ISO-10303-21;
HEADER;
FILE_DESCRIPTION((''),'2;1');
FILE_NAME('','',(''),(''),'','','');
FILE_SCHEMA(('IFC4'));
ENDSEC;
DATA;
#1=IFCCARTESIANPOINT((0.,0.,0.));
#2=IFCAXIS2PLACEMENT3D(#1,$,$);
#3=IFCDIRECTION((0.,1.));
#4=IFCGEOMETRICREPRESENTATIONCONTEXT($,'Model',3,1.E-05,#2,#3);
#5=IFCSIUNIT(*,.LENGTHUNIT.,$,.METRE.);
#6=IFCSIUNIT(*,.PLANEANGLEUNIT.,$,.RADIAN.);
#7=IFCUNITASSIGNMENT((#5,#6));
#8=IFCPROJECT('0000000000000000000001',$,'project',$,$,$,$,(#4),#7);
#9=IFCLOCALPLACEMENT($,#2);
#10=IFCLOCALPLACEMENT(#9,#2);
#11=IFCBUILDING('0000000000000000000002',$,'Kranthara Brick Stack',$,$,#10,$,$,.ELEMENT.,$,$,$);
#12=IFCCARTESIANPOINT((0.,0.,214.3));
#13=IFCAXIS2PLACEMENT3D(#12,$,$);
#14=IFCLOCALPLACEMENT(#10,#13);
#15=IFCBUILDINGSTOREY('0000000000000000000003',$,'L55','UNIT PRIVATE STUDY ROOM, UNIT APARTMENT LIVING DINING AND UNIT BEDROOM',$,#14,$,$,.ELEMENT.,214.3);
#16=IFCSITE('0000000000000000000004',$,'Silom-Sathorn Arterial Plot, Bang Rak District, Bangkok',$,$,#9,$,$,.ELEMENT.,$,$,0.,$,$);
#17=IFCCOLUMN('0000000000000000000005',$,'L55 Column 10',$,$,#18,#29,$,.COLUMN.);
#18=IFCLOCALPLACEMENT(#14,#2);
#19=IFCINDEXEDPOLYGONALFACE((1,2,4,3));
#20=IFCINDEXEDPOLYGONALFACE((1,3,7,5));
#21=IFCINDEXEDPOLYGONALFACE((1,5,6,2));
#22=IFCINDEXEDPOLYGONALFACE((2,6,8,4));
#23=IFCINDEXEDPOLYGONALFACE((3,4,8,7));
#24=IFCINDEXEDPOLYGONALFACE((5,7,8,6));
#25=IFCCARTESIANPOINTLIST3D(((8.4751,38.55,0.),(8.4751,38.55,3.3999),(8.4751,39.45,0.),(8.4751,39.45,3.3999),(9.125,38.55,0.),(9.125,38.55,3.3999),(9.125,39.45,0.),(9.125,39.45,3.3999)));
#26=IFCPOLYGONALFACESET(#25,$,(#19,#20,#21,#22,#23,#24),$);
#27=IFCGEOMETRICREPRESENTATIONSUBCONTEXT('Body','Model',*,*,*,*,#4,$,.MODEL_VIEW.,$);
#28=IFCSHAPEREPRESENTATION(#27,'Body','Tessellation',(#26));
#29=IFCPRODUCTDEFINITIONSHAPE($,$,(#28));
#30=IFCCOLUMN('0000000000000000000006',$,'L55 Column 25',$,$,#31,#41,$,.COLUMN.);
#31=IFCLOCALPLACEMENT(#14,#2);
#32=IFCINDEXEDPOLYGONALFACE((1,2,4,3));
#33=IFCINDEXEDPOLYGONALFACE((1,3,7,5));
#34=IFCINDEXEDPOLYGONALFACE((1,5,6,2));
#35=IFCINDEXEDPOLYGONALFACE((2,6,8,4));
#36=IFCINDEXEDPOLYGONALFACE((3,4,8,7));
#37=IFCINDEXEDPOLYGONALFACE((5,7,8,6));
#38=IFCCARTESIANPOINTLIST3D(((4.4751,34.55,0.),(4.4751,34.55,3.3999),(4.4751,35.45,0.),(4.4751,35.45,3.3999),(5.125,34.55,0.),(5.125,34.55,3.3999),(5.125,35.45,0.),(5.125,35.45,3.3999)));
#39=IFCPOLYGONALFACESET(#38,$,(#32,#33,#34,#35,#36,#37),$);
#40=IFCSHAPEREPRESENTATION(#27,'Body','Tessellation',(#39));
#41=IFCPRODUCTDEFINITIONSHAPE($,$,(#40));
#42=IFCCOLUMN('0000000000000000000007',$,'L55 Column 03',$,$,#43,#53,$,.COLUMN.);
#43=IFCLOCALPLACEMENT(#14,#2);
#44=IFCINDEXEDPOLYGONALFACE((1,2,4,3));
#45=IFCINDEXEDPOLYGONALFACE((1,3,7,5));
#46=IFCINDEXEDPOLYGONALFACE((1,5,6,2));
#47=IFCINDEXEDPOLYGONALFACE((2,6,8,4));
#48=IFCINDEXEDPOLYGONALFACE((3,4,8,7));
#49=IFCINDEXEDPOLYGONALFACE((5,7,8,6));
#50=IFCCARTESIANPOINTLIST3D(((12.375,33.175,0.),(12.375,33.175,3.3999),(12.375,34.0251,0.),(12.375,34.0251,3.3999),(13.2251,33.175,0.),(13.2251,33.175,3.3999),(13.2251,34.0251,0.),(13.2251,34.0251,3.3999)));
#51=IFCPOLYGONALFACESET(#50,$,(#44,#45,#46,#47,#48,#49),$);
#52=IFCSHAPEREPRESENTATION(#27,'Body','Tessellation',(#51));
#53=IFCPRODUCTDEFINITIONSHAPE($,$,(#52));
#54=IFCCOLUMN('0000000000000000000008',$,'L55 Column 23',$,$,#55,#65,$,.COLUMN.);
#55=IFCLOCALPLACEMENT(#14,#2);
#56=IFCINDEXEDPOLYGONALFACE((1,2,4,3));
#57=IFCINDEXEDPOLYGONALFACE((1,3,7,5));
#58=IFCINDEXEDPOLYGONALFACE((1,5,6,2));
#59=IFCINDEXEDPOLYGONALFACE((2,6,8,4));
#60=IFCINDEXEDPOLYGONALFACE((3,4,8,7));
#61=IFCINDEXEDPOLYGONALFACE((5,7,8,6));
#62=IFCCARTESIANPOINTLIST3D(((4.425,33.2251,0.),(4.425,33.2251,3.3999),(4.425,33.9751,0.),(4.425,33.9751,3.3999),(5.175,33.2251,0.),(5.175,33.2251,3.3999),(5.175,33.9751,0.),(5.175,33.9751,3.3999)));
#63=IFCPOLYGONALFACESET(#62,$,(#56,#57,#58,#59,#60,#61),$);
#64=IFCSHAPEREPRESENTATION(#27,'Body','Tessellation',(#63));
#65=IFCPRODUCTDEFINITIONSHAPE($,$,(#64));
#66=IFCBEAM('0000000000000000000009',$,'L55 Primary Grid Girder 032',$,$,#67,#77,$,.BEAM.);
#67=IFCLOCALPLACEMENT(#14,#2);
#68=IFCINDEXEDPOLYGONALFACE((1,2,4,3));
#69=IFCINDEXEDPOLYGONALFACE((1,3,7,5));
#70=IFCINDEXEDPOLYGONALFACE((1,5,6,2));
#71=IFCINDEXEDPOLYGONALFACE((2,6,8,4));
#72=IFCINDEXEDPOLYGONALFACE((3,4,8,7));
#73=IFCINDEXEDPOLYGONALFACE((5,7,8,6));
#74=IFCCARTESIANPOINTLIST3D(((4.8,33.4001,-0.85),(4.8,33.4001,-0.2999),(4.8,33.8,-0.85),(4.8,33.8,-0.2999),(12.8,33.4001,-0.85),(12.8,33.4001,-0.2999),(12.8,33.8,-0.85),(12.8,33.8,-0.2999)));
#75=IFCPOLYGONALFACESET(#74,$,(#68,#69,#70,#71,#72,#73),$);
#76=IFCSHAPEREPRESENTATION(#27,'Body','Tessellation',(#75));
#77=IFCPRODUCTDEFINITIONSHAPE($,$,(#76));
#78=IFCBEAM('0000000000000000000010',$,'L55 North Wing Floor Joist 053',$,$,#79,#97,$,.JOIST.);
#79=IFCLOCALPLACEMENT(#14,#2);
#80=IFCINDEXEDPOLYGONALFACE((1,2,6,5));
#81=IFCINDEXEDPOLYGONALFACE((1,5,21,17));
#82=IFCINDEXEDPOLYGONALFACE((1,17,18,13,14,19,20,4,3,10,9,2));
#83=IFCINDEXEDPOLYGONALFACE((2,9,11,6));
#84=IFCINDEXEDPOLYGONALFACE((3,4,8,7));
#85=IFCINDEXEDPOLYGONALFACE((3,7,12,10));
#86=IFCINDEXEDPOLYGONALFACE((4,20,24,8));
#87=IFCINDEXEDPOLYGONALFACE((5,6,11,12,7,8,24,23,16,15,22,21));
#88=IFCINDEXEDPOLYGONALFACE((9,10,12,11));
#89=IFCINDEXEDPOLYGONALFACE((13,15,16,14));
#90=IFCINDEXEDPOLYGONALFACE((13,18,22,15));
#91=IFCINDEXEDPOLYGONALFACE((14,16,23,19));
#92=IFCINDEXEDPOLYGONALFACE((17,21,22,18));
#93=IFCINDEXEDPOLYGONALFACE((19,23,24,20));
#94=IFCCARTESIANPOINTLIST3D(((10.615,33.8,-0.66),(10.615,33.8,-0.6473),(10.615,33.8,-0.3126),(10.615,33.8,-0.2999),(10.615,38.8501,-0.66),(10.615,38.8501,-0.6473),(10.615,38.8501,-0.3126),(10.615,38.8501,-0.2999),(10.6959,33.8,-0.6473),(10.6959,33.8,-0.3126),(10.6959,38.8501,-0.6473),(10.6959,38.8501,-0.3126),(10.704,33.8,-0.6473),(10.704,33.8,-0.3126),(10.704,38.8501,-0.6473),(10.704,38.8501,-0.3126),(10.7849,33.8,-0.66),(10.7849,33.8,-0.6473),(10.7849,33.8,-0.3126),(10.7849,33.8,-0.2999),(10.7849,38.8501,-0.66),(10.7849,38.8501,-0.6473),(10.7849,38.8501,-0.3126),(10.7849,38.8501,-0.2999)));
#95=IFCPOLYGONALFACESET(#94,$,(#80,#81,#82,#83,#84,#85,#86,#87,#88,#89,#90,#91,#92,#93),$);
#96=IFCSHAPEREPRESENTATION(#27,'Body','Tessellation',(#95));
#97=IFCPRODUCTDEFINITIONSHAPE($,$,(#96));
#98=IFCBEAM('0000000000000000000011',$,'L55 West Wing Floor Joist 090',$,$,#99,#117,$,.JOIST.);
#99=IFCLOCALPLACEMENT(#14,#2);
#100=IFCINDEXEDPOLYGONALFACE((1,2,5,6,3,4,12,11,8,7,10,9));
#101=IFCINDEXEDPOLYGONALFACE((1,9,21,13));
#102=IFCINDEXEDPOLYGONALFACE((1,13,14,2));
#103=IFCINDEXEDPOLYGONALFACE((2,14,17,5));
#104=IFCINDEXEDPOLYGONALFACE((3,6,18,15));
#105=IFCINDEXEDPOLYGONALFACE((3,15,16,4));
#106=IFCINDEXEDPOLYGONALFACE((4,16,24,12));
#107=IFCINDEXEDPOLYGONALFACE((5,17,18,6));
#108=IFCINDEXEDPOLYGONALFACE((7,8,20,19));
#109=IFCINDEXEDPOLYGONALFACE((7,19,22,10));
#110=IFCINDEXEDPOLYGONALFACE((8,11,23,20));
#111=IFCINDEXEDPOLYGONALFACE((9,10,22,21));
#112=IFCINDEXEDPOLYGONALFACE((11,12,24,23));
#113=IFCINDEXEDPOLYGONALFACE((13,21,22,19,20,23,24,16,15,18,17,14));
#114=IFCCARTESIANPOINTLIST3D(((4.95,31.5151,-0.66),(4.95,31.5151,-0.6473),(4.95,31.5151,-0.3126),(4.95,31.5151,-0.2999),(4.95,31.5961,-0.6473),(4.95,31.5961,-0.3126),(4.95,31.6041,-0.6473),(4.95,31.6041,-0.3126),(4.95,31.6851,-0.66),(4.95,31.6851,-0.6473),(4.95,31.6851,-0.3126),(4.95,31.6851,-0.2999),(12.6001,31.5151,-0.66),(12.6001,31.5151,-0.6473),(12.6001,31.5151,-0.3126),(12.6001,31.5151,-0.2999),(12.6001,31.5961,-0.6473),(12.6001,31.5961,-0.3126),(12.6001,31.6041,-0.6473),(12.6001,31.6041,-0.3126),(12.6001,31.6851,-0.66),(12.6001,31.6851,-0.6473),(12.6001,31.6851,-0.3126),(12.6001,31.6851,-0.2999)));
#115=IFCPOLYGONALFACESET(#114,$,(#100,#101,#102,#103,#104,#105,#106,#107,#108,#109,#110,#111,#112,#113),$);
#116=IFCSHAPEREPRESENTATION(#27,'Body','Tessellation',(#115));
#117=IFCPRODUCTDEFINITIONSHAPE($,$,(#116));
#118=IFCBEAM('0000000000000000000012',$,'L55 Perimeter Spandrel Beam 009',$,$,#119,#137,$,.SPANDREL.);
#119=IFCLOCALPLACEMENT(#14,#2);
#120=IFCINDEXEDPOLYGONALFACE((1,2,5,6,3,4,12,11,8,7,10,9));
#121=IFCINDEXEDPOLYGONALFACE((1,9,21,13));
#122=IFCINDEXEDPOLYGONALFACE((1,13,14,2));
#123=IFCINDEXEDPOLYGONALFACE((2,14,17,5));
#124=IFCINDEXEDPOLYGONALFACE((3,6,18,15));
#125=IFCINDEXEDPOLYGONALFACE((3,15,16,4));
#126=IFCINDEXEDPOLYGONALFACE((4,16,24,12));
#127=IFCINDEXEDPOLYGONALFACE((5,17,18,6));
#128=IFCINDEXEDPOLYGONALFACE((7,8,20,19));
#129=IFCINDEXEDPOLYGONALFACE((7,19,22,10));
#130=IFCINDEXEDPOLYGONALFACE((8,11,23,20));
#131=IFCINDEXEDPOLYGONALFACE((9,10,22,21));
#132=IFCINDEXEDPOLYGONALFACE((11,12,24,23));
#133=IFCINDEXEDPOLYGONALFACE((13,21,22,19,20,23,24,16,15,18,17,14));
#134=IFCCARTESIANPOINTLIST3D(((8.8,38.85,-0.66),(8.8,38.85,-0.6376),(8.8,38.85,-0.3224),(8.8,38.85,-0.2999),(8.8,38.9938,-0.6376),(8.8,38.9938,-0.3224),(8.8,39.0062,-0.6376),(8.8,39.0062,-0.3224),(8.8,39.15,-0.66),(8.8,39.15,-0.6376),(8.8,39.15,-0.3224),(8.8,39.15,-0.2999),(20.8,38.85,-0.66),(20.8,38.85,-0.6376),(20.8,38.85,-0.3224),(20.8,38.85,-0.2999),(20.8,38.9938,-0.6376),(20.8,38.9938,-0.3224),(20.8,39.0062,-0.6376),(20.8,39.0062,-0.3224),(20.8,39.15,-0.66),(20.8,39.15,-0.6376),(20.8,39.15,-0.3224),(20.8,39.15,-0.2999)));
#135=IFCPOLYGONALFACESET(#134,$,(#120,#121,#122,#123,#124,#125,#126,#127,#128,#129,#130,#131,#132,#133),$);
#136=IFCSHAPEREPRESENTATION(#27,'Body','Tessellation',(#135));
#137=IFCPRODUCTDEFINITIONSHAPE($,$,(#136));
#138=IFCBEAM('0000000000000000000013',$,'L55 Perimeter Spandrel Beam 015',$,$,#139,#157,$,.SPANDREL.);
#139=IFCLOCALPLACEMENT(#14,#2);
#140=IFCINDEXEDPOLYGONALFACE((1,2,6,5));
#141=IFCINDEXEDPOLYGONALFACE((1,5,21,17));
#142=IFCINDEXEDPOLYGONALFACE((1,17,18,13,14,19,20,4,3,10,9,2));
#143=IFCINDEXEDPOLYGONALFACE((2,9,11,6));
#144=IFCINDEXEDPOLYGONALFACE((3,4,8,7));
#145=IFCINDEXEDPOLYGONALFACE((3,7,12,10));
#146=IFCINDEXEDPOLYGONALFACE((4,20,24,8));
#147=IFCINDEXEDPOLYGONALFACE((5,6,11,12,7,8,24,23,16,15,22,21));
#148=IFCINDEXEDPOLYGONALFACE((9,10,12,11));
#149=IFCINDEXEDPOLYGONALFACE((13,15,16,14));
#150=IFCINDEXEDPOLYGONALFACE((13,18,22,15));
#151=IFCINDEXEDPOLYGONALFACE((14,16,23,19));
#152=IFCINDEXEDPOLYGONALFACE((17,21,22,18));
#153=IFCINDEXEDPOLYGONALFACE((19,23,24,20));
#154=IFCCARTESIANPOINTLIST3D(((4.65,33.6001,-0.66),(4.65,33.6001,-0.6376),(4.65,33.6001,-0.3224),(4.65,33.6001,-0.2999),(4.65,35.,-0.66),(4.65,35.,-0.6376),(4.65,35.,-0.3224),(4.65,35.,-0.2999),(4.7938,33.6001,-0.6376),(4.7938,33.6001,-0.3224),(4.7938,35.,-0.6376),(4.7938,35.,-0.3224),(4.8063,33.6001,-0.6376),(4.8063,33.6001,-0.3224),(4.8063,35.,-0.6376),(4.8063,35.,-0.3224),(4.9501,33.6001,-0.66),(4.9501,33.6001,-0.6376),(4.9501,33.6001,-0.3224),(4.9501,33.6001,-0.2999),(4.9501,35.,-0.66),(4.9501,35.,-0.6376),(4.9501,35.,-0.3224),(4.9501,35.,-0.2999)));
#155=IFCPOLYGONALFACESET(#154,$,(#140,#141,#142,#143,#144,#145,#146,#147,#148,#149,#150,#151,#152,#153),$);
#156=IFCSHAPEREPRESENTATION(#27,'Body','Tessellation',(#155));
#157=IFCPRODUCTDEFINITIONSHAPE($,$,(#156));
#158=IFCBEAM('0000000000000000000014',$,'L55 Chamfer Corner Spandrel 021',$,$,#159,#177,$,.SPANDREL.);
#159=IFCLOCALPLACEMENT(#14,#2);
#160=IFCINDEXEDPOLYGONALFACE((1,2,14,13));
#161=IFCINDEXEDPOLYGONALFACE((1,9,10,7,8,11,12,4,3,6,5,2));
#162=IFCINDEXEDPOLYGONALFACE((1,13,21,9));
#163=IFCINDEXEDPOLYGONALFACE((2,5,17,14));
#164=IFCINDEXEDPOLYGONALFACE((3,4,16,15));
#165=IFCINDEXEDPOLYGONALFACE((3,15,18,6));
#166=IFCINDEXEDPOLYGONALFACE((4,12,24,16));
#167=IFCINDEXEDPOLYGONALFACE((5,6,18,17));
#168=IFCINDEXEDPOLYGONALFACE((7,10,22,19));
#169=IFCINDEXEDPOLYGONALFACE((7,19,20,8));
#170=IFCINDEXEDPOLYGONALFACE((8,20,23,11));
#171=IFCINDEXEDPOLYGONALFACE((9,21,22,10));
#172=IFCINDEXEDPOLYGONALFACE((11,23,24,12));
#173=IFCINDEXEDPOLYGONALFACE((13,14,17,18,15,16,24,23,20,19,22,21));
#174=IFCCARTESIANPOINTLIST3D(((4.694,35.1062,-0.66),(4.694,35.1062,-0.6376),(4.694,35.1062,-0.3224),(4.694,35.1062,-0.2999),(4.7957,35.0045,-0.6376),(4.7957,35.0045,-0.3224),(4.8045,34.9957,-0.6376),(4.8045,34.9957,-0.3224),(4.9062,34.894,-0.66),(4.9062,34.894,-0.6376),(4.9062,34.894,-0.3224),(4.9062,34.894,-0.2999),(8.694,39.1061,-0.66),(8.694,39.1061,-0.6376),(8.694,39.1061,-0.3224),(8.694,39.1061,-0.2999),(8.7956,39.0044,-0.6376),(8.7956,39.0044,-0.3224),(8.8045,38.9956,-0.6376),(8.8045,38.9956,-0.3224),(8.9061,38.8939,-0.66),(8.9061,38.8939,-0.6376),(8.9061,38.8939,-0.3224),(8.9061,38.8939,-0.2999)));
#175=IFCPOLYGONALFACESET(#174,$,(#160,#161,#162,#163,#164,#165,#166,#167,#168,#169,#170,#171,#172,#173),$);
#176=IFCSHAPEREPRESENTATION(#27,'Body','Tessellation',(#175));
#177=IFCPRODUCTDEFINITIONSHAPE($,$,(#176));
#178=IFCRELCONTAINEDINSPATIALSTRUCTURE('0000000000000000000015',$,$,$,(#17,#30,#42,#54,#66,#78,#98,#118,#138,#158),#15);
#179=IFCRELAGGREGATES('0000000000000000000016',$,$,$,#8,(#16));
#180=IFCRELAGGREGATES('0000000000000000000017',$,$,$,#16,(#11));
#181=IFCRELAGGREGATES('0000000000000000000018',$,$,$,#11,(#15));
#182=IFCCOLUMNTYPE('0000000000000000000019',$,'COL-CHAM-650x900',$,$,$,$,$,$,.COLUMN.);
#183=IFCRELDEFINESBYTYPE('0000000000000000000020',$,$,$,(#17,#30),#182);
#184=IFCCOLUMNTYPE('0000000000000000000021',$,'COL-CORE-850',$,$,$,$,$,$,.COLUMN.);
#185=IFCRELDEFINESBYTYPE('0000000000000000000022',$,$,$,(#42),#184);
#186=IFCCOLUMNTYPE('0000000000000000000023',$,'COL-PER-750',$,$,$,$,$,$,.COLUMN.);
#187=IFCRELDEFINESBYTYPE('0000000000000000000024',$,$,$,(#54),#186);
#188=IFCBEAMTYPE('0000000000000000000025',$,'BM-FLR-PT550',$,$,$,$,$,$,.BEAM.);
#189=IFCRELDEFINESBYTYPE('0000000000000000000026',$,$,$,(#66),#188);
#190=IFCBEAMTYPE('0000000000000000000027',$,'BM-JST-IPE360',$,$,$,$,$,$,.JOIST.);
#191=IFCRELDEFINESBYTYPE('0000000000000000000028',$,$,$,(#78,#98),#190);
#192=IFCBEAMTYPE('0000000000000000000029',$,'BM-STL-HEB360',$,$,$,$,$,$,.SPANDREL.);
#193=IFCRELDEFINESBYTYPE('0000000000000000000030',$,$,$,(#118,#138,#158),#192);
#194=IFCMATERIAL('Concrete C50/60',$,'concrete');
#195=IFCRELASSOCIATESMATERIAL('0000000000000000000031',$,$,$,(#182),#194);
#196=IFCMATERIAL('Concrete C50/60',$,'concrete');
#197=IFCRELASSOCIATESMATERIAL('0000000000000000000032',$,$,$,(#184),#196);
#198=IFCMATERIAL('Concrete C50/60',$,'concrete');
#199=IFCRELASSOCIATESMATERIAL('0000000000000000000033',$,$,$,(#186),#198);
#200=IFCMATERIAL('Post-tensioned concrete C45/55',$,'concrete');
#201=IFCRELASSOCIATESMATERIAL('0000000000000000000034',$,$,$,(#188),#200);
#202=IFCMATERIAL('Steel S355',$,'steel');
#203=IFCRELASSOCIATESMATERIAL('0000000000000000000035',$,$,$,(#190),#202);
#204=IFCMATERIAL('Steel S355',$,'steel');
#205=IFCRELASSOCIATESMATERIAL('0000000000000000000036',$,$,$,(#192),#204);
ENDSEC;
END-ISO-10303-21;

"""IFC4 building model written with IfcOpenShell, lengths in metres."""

from ifc_helpers import new_model, si_unit, direction, frame, origin, origin_2d, place, context, subcontext, project, spatial, rectangle, i_section, extrude, material, material_profile, profile_set, type_object, element, save


model = new_model("IFC4")

# Units and contexts
model_context = context("Model", 3, precision=1e-05, world=origin(), true_north=direction((0.0, 1.0)))
body_context = subcontext(model_context, "Body", "Model", "MODEL_VIEW")
ifc_project = project(units=[si_unit("LENGTHUNIT", "METRE"), si_unit("PLANEANGLEUNIT", "RADIAN")], contexts=[model_context])

# Site, building, storey
site_placement = place(None, origin())
site = spatial("IfcSite", under=ifc_project, at=site_placement, Name="Silom-Sathorn Arterial Plot, Bang Rak District, Bangkok", CompositionType="ELEMENT", RefElevation=0.0)
building_placement = place(site_placement, origin())
building = spatial("IfcBuilding", under=site, at=building_placement, Name="Kranthara Brick Stack", CompositionType="ELEMENT")
storey_placement = place(building_placement, frame((0.0, 0.0, 214.3)))
storey = spatial("IfcBuildingStorey", under=building, at=storey_placement, Name="L55", Description="UNIT PRIVATE STUDY ROOM, UNIT APARTMENT LIVING DINING AND UNIT BEDROOM", CompositionType="ELEMENT", Elevation=214.3)

# Columns
ifc_material_1 = material(Name="Concrete C50/60", Category="concrete")
ifc_material_profile_1 = material_profile(ifc_material_1, rectangle(XDim=0.6499, YDim=0.8999, at=origin_2d()), Name="RC 650x900")
ifc_profile_set_1 = profile_set([ifc_material_profile_1], Name="Concrete C50/60")
column_type_1 = type_object("IfcColumnType", Name="COL-CHAM-650x900", PredefinedType="COLUMN", material=ifc_profile_set_1)
for number, where, z_axis, x_axis, name in (
    (1, (8.8, 39.0, 0.0), (0.0, 0.0, 1.0), (1.0, 0.0, 0.0), "L55 Column 10"),
    (2, (4.8, 35.0, 0.0), (0.0, 0.0, 1.0), (1.0, 0.0, 0.0), "L55 Column 25"),
):
    element("IfcColumn", number, at=place(storey_placement, frame(where, z_axis=z_axis, x_axis=x_axis)), inside=storey, type_object=column_type_1, Name=name, PredefinedType="COLUMN", context=body_context, shape_type="SweptSolid", body=[
        extrude(rectangle(XDim=0.6499, YDim=0.8999, at=origin_2d()), origin(), (0.0, 0.0, 1.0), 3.3999),
    ])
ifc_material_2 = material(Name="Concrete C50/60", Category="concrete")
ifc_material_profile_2 = material_profile(ifc_material_2, rectangle(XDim=0.8501, YDim=0.8501, at=origin_2d()), Name="RC 850x850")
ifc_profile_set_2 = profile_set([ifc_material_profile_2], Name="Concrete C50/60")
column_type_2 = type_object("IfcColumnType", Name="COL-CORE-850", PredefinedType="COLUMN", material=ifc_profile_set_2)
column_1_placement = place(storey_placement, frame((12.8, 33.6001, 0.0), z_axis=(0.0, 0.0, 1.0), x_axis=(1.0, 0.0, 0.0)))
element("IfcColumn", 3, at=column_1_placement, inside=storey, type_object=column_type_2, Name="L55 Column 03", PredefinedType="COLUMN", context=body_context, shape_type="SweptSolid", body=[
    extrude(rectangle(XDim=0.8501, YDim=0.8501, at=origin_2d()), origin(), (0.0, 0.0, 1.0), 3.3999),
])
ifc_material_3 = material(Name="Concrete C50/60", Category="concrete")
ifc_material_profile_3 = material_profile(ifc_material_3, rectangle(XDim=0.75, YDim=0.75, at=origin_2d()), Name="RC 750x750")
ifc_profile_set_3 = profile_set([ifc_material_profile_3], Name="Concrete C50/60")
column_type_3 = type_object("IfcColumnType", Name="COL-PER-750", PredefinedType="COLUMN", material=ifc_profile_set_3)
column_2_placement = place(storey_placement, frame((4.8, 33.6001, 0.0), z_axis=(0.0, 0.0, 1.0), x_axis=(1.0, 0.0, 0.0)))
element("IfcColumn", 4, at=column_2_placement, inside=storey, type_object=column_type_3, Name="L55 Column 23", PredefinedType="COLUMN", context=body_context, shape_type="SweptSolid", body=[
    extrude(rectangle(XDim=0.75, YDim=0.75, at=origin_2d()), origin(), (0.0, 0.0, 1.0), 3.3999),
])

# Beams
ifc_material_4 = material(Name="Post-tensioned concrete C45/55", Category="concrete")
ifc_material_profile_4 = material_profile(ifc_material_4, rectangle(XDim=0.3999, YDim=0.55, at=origin_2d()), Name="PT 400x550")
ifc_profile_set_4 = profile_set([ifc_material_profile_4], Name="Post-tensioned concrete C45/55")
beam_type_1 = type_object("IfcBeamType", Name="BM-FLR-PT550", PredefinedType="BEAM", material=ifc_profile_set_4)
beam_1_placement = place(storey_placement, frame((4.8, 33.6001, -0.575), z_axis=(1.0, 0.0, 0.0), x_axis=(0.0, 1.0, 0.0)))
element("IfcBeam", 5, at=beam_1_placement, inside=storey, type_object=beam_type_1, Name="L55 Primary Grid Girder 032", PredefinedType="BEAM", context=body_context, shape_type="SweptSolid", body=[
    extrude(rectangle(XDim=0.3999, YDim=0.55, at=origin_2d()), origin(), (0.0, 0.0, 1.0), 8.0),
])
ifc_material_5 = material(Name="Steel S355", Category="steel")
ifc_material_profile_5 = material_profile(ifc_material_5, i_section(OverallWidth=0.1699, OverallDepth=0.3601, WebThickness=0.0081, FlangeThickness=0.0127, at=origin_2d()), Name="IPE 360")
ifc_profile_set_5 = profile_set([ifc_material_profile_5], Name="Steel S355")
beam_type_2 = type_object("IfcBeamType", Name="BM-JST-IPE360", PredefinedType="JOIST", material=ifc_profile_set_5)
beam_2_placement = place(storey_placement, frame((10.7, 33.8, -0.48), z_axis=(0.0, 1.0, 0.0), x_axis=(-1.0, 0.0, 0.0)))
element("IfcBeam", 6, at=beam_2_placement, inside=storey, type_object=beam_type_2, Name="L55 North Wing Floor Joist 053", PredefinedType="JOIST", context=body_context, shape_type="SweptSolid", body=[
    extrude(i_section(OverallWidth=0.1699, OverallDepth=0.3601, WebThickness=0.0081, FlangeThickness=0.0127, at=origin_2d()), origin(), (0.0, 0.0, 1.0), 5.05),
])
beam_3_placement = place(storey_placement, frame((4.95, 31.6001, -0.48), z_axis=(1.0, 0.0, 0.0), x_axis=(0.0, 1.0, 0.0)))
element("IfcBeam", 7, at=beam_3_placement, inside=storey, type_object=beam_type_2, Name="L55 West Wing Floor Joist 090", PredefinedType="JOIST", context=body_context, shape_type="SweptSolid", body=[
    extrude(i_section(OverallWidth=0.1699, OverallDepth=0.3601, WebThickness=0.0081, FlangeThickness=0.0127, at=origin_2d()), origin(), (0.0, 0.0, 1.0), 7.6501),
])
ifc_material_6 = material(Name="Steel S355", Category="steel")
ifc_material_profile_6 = material_profile(ifc_material_6, i_section(OverallWidth=0.3, OverallDepth=0.3601, WebThickness=0.0125, FlangeThickness=0.0225, at=origin_2d()), Name="HEB 360")
ifc_profile_set_6 = profile_set([ifc_material_profile_6], Name="Steel S355")
beam_type_3 = type_object("IfcBeamType", Name="BM-STL-HEB360", PredefinedType="SPANDREL", material=ifc_profile_set_6)
beam_4_placement = place(storey_placement, frame((8.8, 39.0, -0.48), z_axis=(1.0, 0.0, 0.0), x_axis=(0.0, 1.0, 0.0)))
element("IfcBeam", 8, at=beam_4_placement, inside=storey, type_object=beam_type_3, Name="L55 Perimeter Spandrel Beam 009", PredefinedType="SPANDREL", context=body_context, shape_type="SweptSolid", body=[
    extrude(i_section(OverallWidth=0.3, OverallDepth=0.3601, WebThickness=0.0125, FlangeThickness=0.0225, at=origin_2d()), origin(), (0.0, 0.0, 1.0), 12.0),
])
beam_5_placement = place(storey_placement, frame((4.8, 33.6001, -0.48), z_axis=(0.0, 1.0, 0.0), x_axis=(-1.0, 0.0, 0.0)))
element("IfcBeam", 9, at=beam_5_placement, inside=storey, type_object=beam_type_3, Name="L55 Perimeter Spandrel Beam 015", PredefinedType="SPANDREL", context=body_context, shape_type="SweptSolid", body=[
    extrude(i_section(OverallWidth=0.3, OverallDepth=0.3601, WebThickness=0.0125, FlangeThickness=0.0225, at=origin_2d()), origin(), (0.0, 0.0, 1.0), 1.3999),
])
beam_6_placement = place(storey_placement, frame((8.8, 39.0, -0.48), z_axis=(-0.707107, -0.707107, 0.0), x_axis=(0.707107, -0.707107, 0.0)))
element("IfcBeam", 10, at=beam_6_placement, inside=storey, type_object=beam_type_3, Name="L55 Chamfer Corner Spandrel 021", PredefinedType="SPANDREL", context=body_context, shape_type="SweptSolid", body=[
    extrude(i_section(OverallWidth=0.3, OverallDepth=0.3601, WebThickness=0.0125, FlangeThickness=0.0225, at=origin_2d()), origin(), (0.0, 0.0, 1.0), 5.6567),
])

save(model, "model.ifc")
